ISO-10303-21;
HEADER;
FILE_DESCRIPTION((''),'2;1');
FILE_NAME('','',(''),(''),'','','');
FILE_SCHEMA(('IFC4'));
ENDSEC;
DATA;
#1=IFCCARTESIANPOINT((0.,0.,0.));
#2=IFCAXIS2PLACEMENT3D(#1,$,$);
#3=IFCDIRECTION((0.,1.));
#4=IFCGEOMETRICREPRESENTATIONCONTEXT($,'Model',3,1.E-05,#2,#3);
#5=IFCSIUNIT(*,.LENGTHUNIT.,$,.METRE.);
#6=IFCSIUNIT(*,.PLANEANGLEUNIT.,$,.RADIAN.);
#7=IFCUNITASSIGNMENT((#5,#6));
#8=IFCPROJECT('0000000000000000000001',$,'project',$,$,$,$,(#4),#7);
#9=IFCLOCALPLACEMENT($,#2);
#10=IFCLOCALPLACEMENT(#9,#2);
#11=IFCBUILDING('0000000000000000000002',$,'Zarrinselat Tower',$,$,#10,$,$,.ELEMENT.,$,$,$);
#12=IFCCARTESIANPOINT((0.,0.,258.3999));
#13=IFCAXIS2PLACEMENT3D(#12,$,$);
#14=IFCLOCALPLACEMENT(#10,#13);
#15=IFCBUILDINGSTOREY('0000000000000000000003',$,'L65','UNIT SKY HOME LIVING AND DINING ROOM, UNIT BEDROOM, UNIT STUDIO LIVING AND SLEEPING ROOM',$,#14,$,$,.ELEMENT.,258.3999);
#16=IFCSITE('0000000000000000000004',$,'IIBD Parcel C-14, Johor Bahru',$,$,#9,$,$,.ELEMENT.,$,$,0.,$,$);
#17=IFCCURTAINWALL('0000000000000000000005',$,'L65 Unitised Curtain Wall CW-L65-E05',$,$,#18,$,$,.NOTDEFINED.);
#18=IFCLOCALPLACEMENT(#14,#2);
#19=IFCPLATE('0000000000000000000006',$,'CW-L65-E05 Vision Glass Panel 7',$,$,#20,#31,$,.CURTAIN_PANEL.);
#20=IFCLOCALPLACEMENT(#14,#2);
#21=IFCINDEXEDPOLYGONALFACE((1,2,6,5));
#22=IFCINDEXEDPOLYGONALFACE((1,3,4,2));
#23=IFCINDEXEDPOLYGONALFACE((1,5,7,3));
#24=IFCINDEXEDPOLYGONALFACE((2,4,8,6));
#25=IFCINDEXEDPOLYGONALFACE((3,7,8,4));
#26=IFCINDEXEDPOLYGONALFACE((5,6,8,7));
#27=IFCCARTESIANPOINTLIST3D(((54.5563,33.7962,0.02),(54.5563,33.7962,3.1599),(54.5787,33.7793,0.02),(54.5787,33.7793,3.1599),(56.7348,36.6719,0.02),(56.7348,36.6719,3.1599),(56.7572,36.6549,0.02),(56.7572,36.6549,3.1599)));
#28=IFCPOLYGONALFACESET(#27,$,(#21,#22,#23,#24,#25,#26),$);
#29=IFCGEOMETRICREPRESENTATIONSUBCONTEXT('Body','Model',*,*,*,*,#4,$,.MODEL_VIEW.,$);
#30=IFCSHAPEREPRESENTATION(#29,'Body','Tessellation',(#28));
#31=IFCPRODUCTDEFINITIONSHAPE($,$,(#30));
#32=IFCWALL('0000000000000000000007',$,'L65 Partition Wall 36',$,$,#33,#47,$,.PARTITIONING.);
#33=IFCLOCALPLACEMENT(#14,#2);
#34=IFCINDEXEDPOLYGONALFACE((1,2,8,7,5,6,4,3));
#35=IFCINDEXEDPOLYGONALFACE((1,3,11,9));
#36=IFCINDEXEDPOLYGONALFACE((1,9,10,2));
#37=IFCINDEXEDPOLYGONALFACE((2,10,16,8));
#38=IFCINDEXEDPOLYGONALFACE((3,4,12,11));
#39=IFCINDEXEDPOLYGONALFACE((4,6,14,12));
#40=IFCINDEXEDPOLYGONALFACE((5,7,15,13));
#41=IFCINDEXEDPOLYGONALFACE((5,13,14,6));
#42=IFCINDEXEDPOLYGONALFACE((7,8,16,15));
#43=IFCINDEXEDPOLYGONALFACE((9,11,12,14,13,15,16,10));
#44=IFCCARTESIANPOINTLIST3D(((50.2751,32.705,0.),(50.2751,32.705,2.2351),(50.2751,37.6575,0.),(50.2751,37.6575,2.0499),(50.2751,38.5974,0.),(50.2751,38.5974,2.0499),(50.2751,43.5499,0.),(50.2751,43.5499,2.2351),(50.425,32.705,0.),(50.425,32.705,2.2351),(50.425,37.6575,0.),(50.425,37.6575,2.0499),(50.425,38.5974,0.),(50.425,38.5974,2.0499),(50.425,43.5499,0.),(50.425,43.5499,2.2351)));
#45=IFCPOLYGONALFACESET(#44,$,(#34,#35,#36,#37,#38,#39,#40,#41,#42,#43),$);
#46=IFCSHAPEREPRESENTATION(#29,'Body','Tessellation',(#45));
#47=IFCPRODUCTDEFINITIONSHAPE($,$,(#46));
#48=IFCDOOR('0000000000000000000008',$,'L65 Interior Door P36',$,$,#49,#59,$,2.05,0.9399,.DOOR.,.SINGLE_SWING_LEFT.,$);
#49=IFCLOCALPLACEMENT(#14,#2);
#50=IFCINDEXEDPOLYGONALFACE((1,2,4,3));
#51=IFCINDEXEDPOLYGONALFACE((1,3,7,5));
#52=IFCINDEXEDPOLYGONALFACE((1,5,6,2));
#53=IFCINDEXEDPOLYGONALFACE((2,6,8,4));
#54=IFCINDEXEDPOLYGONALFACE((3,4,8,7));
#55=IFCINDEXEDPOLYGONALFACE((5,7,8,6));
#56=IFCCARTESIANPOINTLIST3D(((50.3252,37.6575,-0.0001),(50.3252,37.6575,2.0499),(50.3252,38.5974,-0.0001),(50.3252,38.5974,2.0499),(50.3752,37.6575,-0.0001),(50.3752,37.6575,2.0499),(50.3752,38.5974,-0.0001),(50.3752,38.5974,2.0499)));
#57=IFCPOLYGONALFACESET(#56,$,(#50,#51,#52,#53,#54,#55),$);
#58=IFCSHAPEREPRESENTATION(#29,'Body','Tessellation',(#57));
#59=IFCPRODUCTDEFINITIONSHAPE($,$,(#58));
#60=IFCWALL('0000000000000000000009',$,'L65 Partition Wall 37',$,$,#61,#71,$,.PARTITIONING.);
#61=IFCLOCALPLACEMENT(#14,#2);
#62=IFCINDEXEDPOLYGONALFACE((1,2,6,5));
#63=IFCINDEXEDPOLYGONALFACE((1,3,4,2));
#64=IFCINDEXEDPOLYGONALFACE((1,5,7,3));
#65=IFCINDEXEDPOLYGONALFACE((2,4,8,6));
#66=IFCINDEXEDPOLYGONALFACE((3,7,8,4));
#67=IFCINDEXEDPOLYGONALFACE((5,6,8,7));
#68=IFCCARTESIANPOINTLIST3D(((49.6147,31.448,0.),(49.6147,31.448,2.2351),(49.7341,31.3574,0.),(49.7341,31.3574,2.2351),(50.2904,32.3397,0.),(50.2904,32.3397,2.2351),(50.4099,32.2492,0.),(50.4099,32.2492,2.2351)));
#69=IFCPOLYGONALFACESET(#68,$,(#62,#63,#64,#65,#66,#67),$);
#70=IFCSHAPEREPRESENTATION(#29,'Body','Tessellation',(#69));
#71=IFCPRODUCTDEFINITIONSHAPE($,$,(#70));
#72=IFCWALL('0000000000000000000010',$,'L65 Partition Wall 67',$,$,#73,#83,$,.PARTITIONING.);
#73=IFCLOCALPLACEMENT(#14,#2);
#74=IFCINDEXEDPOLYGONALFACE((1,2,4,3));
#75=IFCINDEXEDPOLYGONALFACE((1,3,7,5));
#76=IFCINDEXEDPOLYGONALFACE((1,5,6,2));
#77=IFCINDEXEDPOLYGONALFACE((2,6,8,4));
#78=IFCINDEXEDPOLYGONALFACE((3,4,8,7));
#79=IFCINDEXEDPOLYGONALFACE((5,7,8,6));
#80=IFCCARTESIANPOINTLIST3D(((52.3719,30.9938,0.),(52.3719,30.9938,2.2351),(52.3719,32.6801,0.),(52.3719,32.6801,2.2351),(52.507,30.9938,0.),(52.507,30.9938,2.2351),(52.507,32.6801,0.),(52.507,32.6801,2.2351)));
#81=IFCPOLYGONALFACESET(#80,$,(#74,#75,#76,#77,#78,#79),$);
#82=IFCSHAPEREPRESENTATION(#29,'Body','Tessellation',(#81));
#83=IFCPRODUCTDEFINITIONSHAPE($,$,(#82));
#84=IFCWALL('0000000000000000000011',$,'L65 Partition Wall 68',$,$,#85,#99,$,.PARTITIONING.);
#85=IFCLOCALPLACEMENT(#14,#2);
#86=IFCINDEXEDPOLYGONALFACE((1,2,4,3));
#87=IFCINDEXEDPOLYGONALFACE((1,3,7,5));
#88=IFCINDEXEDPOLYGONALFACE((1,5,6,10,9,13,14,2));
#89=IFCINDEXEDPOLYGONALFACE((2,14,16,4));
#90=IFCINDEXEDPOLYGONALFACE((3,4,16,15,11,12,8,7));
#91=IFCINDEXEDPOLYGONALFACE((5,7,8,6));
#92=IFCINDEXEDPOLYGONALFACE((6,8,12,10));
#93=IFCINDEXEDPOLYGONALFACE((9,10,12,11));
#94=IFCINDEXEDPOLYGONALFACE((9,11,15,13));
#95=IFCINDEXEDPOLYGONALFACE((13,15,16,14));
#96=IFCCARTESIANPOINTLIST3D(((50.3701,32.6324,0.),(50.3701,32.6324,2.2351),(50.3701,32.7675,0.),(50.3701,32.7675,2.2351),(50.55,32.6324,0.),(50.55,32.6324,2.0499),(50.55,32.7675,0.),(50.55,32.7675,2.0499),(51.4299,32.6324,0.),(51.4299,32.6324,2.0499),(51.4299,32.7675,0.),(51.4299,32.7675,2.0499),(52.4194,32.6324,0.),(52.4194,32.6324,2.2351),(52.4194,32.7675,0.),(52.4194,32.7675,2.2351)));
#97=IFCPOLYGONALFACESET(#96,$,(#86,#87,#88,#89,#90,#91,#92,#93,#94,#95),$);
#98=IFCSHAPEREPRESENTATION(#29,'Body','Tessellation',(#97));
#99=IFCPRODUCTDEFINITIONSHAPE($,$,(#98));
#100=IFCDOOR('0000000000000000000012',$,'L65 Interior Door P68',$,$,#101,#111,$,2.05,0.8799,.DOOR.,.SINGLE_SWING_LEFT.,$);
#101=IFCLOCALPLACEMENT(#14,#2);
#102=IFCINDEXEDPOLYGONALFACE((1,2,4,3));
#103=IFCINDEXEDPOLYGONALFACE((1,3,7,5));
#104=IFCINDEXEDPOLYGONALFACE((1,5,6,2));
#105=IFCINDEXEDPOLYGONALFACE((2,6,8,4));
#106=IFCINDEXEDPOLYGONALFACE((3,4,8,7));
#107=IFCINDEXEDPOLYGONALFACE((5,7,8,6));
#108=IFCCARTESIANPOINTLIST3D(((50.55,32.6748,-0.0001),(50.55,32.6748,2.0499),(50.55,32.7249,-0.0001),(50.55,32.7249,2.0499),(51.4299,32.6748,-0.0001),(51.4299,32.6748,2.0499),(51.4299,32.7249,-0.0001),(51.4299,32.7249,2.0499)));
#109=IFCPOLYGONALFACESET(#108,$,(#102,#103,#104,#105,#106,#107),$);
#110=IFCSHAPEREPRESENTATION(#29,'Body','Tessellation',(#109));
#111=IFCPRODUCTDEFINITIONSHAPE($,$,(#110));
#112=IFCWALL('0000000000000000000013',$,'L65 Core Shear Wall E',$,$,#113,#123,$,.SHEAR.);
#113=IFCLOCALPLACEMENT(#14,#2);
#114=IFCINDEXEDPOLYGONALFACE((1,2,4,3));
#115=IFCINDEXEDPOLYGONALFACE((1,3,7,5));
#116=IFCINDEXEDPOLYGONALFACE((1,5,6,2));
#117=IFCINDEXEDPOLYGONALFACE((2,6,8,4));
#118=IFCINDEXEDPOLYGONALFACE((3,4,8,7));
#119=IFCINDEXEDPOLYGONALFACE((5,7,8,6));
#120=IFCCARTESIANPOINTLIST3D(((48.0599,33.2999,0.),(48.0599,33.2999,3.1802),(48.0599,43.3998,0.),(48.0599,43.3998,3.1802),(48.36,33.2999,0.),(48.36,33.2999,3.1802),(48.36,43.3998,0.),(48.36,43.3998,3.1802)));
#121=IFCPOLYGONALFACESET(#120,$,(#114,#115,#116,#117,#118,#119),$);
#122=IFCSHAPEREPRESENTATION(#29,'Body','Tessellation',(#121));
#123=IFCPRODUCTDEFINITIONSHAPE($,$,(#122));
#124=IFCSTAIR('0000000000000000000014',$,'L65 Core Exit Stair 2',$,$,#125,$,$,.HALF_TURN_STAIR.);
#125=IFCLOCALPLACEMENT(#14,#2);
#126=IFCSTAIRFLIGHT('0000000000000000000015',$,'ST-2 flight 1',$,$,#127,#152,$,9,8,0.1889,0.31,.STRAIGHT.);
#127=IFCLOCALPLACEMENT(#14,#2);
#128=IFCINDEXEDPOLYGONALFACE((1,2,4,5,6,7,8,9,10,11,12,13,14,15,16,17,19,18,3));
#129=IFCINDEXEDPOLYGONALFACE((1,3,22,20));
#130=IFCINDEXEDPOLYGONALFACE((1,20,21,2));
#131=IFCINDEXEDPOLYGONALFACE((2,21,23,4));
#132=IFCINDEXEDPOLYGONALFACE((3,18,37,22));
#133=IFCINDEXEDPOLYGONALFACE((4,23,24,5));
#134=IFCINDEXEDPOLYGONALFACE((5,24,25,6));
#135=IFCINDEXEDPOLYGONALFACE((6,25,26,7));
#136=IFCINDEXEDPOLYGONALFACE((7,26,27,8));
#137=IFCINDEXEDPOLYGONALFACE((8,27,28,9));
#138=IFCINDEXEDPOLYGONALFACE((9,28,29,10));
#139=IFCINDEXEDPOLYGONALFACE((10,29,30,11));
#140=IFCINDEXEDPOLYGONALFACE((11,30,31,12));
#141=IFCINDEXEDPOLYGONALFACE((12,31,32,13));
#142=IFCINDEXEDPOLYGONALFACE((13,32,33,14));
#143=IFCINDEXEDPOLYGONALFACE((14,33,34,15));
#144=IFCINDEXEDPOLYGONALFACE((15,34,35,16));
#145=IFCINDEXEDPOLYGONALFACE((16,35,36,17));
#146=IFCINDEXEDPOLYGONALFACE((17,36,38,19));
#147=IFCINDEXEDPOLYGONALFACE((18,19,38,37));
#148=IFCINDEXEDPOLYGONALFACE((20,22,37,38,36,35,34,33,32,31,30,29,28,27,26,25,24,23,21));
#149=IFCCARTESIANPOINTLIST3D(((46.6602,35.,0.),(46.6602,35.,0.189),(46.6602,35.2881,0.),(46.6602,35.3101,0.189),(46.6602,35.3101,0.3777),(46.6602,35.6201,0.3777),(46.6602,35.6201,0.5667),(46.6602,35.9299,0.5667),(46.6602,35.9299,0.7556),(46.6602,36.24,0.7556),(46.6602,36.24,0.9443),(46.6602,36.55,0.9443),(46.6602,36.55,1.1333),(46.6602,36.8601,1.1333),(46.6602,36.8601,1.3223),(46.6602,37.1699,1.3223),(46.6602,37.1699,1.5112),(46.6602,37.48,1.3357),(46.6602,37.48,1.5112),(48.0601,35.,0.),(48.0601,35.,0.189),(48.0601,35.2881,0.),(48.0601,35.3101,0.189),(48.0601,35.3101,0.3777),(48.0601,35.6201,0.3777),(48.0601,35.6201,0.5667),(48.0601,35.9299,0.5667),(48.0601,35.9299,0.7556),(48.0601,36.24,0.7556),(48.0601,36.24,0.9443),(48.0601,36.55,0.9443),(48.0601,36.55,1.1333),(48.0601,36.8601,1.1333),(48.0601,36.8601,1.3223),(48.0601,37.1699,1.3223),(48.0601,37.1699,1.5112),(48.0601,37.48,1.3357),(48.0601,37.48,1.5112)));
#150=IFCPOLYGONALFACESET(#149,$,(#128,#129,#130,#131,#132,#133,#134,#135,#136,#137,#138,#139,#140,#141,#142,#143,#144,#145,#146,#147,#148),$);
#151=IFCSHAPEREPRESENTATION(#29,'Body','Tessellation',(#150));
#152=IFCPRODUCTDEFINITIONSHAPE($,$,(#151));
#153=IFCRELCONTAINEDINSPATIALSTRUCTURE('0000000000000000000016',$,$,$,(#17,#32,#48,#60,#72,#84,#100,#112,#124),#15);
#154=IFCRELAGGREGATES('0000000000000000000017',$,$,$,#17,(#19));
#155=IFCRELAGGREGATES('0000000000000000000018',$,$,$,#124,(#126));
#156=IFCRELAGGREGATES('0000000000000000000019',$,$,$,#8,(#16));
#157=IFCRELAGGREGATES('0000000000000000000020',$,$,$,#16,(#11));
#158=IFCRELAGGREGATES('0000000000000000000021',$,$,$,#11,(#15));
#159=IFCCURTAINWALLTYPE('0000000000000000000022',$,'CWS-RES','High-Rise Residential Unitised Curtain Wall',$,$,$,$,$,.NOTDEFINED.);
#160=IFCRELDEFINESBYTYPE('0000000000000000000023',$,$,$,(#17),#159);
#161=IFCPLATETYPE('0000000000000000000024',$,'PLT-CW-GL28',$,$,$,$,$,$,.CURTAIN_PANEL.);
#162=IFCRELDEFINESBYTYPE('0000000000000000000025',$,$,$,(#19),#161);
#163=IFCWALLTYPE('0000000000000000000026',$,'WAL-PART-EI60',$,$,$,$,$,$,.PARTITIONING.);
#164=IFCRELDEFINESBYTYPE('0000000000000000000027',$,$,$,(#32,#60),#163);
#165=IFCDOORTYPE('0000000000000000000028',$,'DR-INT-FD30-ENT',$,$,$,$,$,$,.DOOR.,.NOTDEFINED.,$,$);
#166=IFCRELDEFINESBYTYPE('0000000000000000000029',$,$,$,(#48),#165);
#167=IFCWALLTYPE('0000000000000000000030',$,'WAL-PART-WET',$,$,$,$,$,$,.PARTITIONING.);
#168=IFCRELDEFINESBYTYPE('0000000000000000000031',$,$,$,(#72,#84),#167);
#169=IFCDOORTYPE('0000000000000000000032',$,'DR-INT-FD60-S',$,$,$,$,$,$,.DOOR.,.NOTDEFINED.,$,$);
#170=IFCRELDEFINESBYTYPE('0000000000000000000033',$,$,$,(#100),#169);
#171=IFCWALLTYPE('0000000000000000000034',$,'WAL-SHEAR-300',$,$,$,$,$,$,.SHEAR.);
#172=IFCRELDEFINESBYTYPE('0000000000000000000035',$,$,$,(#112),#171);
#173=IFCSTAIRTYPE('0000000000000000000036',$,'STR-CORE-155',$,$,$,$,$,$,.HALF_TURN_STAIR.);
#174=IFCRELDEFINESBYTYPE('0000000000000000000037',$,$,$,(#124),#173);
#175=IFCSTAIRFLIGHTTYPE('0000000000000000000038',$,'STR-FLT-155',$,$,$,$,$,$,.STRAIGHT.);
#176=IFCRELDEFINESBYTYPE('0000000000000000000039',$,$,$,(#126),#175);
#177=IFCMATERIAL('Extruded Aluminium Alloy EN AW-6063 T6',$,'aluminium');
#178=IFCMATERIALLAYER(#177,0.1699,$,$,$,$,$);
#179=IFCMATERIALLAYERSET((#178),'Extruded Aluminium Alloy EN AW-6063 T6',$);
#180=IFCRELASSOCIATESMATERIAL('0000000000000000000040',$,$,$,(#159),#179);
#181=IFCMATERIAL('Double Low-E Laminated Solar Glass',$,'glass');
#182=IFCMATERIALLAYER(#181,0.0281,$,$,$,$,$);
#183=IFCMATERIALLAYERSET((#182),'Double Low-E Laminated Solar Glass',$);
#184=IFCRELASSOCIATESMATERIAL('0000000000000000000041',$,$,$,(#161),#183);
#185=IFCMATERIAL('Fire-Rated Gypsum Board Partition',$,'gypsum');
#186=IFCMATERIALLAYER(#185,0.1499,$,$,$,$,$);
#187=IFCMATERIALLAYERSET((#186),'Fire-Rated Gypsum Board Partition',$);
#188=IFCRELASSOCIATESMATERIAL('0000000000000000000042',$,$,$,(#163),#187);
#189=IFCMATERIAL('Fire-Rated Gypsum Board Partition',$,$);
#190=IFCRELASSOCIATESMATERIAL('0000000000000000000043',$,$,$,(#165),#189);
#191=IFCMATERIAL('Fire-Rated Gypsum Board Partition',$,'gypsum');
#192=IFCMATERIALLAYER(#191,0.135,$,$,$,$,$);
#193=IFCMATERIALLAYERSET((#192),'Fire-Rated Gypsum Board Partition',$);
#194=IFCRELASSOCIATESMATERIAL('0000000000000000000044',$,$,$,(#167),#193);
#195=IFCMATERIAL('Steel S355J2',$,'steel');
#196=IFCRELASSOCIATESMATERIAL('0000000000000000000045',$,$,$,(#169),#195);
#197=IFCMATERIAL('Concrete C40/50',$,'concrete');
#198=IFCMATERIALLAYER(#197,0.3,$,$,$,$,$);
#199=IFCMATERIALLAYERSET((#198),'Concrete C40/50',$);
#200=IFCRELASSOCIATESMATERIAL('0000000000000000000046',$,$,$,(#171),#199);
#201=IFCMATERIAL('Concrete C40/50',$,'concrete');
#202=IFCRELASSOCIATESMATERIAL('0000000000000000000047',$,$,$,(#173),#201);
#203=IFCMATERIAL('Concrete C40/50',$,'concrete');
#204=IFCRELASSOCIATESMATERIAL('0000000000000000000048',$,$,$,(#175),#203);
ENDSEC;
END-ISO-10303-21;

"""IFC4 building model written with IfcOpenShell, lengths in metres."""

from ifc_helpers import new_model, si_unit, direction, frame, frame_2d, origin, origin_2d, place, context, subcontext, project, spatial, polyline, rectangle, outline, extrude, material, layer, layer_set, type_object, element, fill, aggregate, save


model = new_model("IFC4")

# Units and contexts
model_context = context("Model", 3, precision=1e-05, world=origin(), true_north=direction((0.0, 1.0)))
body_context = subcontext(model_context, "Body", "Model", "MODEL_VIEW")
ifc_project = project(units=[si_unit("LENGTHUNIT", "METRE"), si_unit("PLANEANGLEUNIT", "RADIAN")], contexts=[model_context])

# Site, building, storey
site_placement = place(None, origin())
site = spatial("IfcSite", under=ifc_project, at=site_placement, Name="IIBD Parcel C-14, Johor Bahru", CompositionType="ELEMENT", RefElevation=0.0)
building_placement = place(site_placement, origin())
building = spatial("IfcBuilding", under=site, at=building_placement, Name="Zarrinselat Tower", CompositionType="ELEMENT")
storey_placement = place(building_placement, frame((0.0, 0.0, 258.3999)))
storey = spatial("IfcBuildingStorey", under=building, at=storey_placement, Name="L65", Description="UNIT SKY HOME LIVING AND DINING ROOM, UNIT BEDROOM, UNIT STUDIO LIVING AND SLEEPING ROOM", CompositionType="ELEMENT", Elevation=258.3999)

# Curtain wall, plate
ifc_material_1 = material(Name="Extruded Aluminium Alloy EN AW-6063 T6", Category="aluminium")
ifc_layer_1 = layer(ifc_material_1, 0.1699)
ifc_layer_set_1 = layer_set([ifc_layer_1], Name="Extruded Aluminium Alloy EN AW-6063 T6")
curtain_wall_type = type_object("IfcCurtainWallType", Name="CWS-RES", Description="High-Rise Residential Unitised Curtain Wall", PredefinedType="NOTDEFINED", material=ifc_layer_set_1)
curtain_wall_placement = place(storey_placement, origin())
curtain_wall = element("IfcCurtainWall", 1, at=curtain_wall_placement, inside=storey, type_object=curtain_wall_type, Name="L65 Unitised Curtain Wall CW-L65-E05", PredefinedType="NOTDEFINED")
ifc_material_2 = material(Name="Double Low-E Laminated Solar Glass", Category="glass")
ifc_layer_2 = layer(ifc_material_2, 0.0281)
ifc_layer_set_2 = layer_set([ifc_layer_2], Name="Double Low-E Laminated Solar Glass")
plate_type = type_object("IfcPlateType", Name="PLT-CW-GL28", PredefinedType="CURTAIN_PANEL", material=ifc_layer_set_2)
plate_1_placement = place(storey_placement, frame((55.6567, 35.2256, 0.02), z_axis=(0.0, 0.0, 1.0), x_axis=(0.60386, 0.797091, 0.0)))
plate_1 = element("IfcPlate", 2, at=plate_1_placement, type_object=plate_type, Name="CW-L65-E05 Vision Glass Panel 7", PredefinedType="CURTAIN_PANEL", context=body_context, shape_type="SweptSolid", body=[
    extrude(rectangle(XDim=3.6077, YDim=0.0281, at=origin_2d()), origin(), (0.0, 0.0, 1.0), 3.1399),
])
aggregate(curtain_wall, [plate_1])

# Wall, opening, door
ifc_material_3 = material(Name="Fire-Rated Gypsum Board Partition", Category="gypsum")
ifc_layer_3 = layer(ifc_material_3, 0.1499)
ifc_layer_set_3 = layer_set([ifc_layer_3], Name="Fire-Rated Gypsum Board Partition")
wall_type_1 = type_object("IfcWallType", Name="WAL-PART-EI60", PredefinedType="PARTITIONING", material=ifc_layer_set_3)
wall_1_placement = place(storey_placement, frame((50.3501, 32.7051, 0.0), z_axis=(0.0, 0.0, 1.0), x_axis=(0.0, 1.0, 0.0)))
wall_1 = element("IfcWall", 3, at=wall_1_placement, inside=storey, type_object=wall_type_1, Name="L65 Partition Wall 36", PredefinedType="PARTITIONING", context=body_context, shape_type="SweptSolid", body=[
    extrude(rectangle(XDim=10.845, YDim=0.1499, at=frame_2d((5.4224, 0.0))), origin(), (0.0, 0.0, 1.0), 2.2351),
])
opening_1_placement = place(wall_1_placement, frame((4.9524, 0.0, 0.0)))
opening_1 = element("IfcOpeningElement", 4, at=opening_1_placement, cuts=wall_1, PredefinedType="OPENING", context=body_context, shape_type="SweptSolid", body=[
    extrude(rectangle(XDim=0.9399, YDim=2.05, at=frame_2d((0.47, 1.0249))), frame((0.0, 0.085, 0.0), z_axis=(0.0, -1.0, 0.0), x_axis=(1.0, 0.0, 0.0)), (0.0, 0.0, 1.0), 0.1699),
])
ifc_material_4 = material(Name="Fire-Rated Gypsum Board Partition")
door_type_1 = type_object("IfcDoorType", Name="DR-INT-FD30-ENT", OperationType="NOTDEFINED", PredefinedType="DOOR", material=ifc_material_4)
door_1_placement = place(opening_1_placement, origin())
door_1 = element("IfcDoor", 5, at=door_1_placement, inside=storey, type_object=door_type_1, Name="L65 Interior Door P36", OperationType="SINGLE_SWING_LEFT", OverallHeight=2.05, OverallWidth=0.9399, PredefinedType="DOOR", context=body_context, shape_type="SweptSolid", body=[
    extrude(rectangle(XDim=0.9399, YDim=2.05, at=frame_2d((0.47, 1.0249))), frame((0.0, 0.0249, 0.0), z_axis=(0.0, -1.0, 0.0), x_axis=(1.0, 0.0, 0.0)), (0.0, 0.0, 1.0), 0.05),
])
fill(opening_1, door_1)

# Walls
wall_2_placement = place(storey_placement, frame((49.6743, 31.4026, 0.0), z_axis=(0.0, 0.0, 1.0), x_axis=(0.603937, 0.797032, 0.0)))
element("IfcWall", 6, at=wall_2_placement, inside=storey, type_object=wall_type_1, Name="L65 Partition Wall 37", PredefinedType="PARTITIONING", context=body_context, shape_type="SweptSolid", body=[
    extrude(rectangle(XDim=1.1189, YDim=0.1499, at=frame_2d((0.5596, 0.0))), origin(), (0.0, 0.0, 1.0), 2.2351),
])
ifc_material_5 = material(Name="Fire-Rated Gypsum Board Partition", Category="gypsum")
ifc_layer_4 = layer(ifc_material_5, 0.135)
ifc_layer_set_4 = layer_set([ifc_layer_4], Name="Fire-Rated Gypsum Board Partition")
wall_type_2 = type_object("IfcWallType", Name="WAL-PART-WET", PredefinedType="PARTITIONING", material=ifc_layer_set_4)
wall_3_placement = place(storey_placement, frame((52.4395, 30.9937, 0.0), z_axis=(0.0, 0.0, 1.0), x_axis=(0.0, 1.0, 0.0)))
element("IfcWall", 7, at=wall_3_placement, inside=storey, type_object=wall_type_2, Name="L65 Partition Wall 67", PredefinedType="PARTITIONING", context=body_context, shape_type="SweptSolid", body=[
    extrude(rectangle(XDim=1.6863, YDim=0.135, at=frame_2d((0.8433, 0.0))), origin(), (0.0, 0.0, 1.0), 2.2351),
])

# Wall, opening, door
wall_4_placement = place(storey_placement, frame((50.3701, 32.7, 0.0), z_axis=(0.0, 0.0, 1.0), x_axis=(1.0, 0.0, 0.0)))
wall_4 = element("IfcWall", 8, at=wall_4_placement, inside=storey, type_object=wall_type_2, Name="L65 Partition Wall 68", PredefinedType="PARTITIONING", context=body_context, shape_type="SweptSolid", body=[
    extrude(rectangle(XDim=2.0493, YDim=0.135, at=frame_2d((1.0247, 0.0))), origin(), (0.0, 0.0, 1.0), 2.2351),
])
opening_2_placement = place(wall_4_placement, frame((0.1799, 0.0, 0.0)))
opening_2 = element("IfcOpeningElement", 9, at=opening_2_placement, cuts=wall_4, PredefinedType="OPENING", context=body_context, shape_type="SweptSolid", body=[
    extrude(rectangle(XDim=0.8799, YDim=2.05, at=frame_2d((0.4399, 1.0249))), frame((0.0, 0.0774, 0.0), z_axis=(0.0, -1.0, 0.0), x_axis=(1.0, 0.0, 0.0)), (0.0, 0.0, 1.0), 0.155),
])
ifc_material_6 = material(Name="Steel S355J2", Category="steel")
door_type_2 = type_object("IfcDoorType", Name="DR-INT-FD60-S", OperationType="NOTDEFINED", PredefinedType="DOOR", material=ifc_material_6)
door_2_placement = place(opening_2_placement, origin())
door_2 = element("IfcDoor", 10, at=door_2_placement, inside=storey, type_object=door_type_2, Name="L65 Interior Door P68", OperationType="SINGLE_SWING_LEFT", OverallHeight=2.05, OverallWidth=0.8799, PredefinedType="DOOR", context=body_context, shape_type="SweptSolid", body=[
    extrude(rectangle(XDim=0.8799, YDim=2.05, at=frame_2d((0.4399, 1.0249))), frame((0.0, 0.0249, 0.0), z_axis=(0.0, -1.0, 0.0), x_axis=(1.0, 0.0, 0.0)), (0.0, 0.0, 1.0), 0.05),
])
fill(opening_2, door_2)

# Wall
ifc_material_7 = material(Name="Concrete C40/50", Category="concrete")
ifc_layer_5 = layer(ifc_material_7, 0.3)
ifc_layer_set_5 = layer_set([ifc_layer_5], Name="Concrete C40/50")
wall_type_3 = type_object("IfcWallType", Name="WAL-SHEAR-300", PredefinedType="SHEAR", material=ifc_layer_set_5)
wall_5_placement = place(storey_placement, frame((48.21, 33.3, 0.0), z_axis=(0.0, 0.0, 1.0), x_axis=(0.0, 1.0, 0.0)))
element("IfcWall", 11, at=wall_5_placement, inside=storey, type_object=wall_type_3, Name="L65 Core Shear Wall E", PredefinedType="SHEAR", context=body_context, shape_type="SweptSolid", body=[
    extrude(rectangle(XDim=10.0999, YDim=0.3, at=frame_2d((5.0498, 0.0))), origin(), (0.0, 0.0, 1.0), 3.1802),
])

# Stair, stair flight
ifc_material_8 = material(Name="Concrete C40/50", Category="concrete")
stair_type = type_object("IfcStairType", Name="STR-CORE-155", PredefinedType="HALF_TURN_STAIR", material=ifc_material_8)
stair_placement = place(storey_placement, origin())
stair = element("IfcStair", 12, at=stair_placement, inside=storey, type_object=stair_type, Name="L65 Core Exit Stair 2", PredefinedType="HALF_TURN_STAIR")
ifc_material_9 = material(Name="Concrete C40/50", Category="concrete")
stair_flight_type = type_object("IfcStairFlightType", Name="STR-FLT-155", PredefinedType="STRAIGHT", material=ifc_material_9)
stair_flight_placement = place(storey_placement, frame((47.3601, 35.0, 0.0), z_axis=(0.0, 0.0, 1.0), x_axis=(0.0, 1.0, 0.0)))
stair_flight = element("IfcStairFlight", 13, at=stair_flight_placement, type_object=stair_flight_type, Name="ST-2 flight 1", NumberOfRisers=9, NumberOfTreads=8, PredefinedType="STRAIGHT", RiserHeight=0.1889, TreadLength=0.31, context=body_context, shape_type="SweptSolid", body=[
    extrude(outline(polyline([(0.0, 0.0), (0.0, 0.189), (0.3101, 0.189), (0.3101, 0.3777), (0.6201, 0.3777), (0.6201, 0.5667), (0.9299, 0.5667), (0.9299, 0.7556), (1.24, 0.7556), (1.24, 0.9443), (1.55, 0.9443), (1.55, 1.1333), (1.8601, 1.1333), (1.8601, 1.3223), (2.1699, 1.3223), (2.1699, 1.5112), (2.48, 1.5112), (2.48, 1.7), (2.48, 1.3357), (0.2881, 0.0), (0.0, 0.0)])), frame((0.0, 0.7, 0.0), z_axis=(0.0, -1.0, 0.0), x_axis=(1.0, 0.0, 0.0)), (0.0, 0.0, 1.0), 1.3999),
])
aggregate(stair, [stair_flight])

save(model, "model.ifc")
